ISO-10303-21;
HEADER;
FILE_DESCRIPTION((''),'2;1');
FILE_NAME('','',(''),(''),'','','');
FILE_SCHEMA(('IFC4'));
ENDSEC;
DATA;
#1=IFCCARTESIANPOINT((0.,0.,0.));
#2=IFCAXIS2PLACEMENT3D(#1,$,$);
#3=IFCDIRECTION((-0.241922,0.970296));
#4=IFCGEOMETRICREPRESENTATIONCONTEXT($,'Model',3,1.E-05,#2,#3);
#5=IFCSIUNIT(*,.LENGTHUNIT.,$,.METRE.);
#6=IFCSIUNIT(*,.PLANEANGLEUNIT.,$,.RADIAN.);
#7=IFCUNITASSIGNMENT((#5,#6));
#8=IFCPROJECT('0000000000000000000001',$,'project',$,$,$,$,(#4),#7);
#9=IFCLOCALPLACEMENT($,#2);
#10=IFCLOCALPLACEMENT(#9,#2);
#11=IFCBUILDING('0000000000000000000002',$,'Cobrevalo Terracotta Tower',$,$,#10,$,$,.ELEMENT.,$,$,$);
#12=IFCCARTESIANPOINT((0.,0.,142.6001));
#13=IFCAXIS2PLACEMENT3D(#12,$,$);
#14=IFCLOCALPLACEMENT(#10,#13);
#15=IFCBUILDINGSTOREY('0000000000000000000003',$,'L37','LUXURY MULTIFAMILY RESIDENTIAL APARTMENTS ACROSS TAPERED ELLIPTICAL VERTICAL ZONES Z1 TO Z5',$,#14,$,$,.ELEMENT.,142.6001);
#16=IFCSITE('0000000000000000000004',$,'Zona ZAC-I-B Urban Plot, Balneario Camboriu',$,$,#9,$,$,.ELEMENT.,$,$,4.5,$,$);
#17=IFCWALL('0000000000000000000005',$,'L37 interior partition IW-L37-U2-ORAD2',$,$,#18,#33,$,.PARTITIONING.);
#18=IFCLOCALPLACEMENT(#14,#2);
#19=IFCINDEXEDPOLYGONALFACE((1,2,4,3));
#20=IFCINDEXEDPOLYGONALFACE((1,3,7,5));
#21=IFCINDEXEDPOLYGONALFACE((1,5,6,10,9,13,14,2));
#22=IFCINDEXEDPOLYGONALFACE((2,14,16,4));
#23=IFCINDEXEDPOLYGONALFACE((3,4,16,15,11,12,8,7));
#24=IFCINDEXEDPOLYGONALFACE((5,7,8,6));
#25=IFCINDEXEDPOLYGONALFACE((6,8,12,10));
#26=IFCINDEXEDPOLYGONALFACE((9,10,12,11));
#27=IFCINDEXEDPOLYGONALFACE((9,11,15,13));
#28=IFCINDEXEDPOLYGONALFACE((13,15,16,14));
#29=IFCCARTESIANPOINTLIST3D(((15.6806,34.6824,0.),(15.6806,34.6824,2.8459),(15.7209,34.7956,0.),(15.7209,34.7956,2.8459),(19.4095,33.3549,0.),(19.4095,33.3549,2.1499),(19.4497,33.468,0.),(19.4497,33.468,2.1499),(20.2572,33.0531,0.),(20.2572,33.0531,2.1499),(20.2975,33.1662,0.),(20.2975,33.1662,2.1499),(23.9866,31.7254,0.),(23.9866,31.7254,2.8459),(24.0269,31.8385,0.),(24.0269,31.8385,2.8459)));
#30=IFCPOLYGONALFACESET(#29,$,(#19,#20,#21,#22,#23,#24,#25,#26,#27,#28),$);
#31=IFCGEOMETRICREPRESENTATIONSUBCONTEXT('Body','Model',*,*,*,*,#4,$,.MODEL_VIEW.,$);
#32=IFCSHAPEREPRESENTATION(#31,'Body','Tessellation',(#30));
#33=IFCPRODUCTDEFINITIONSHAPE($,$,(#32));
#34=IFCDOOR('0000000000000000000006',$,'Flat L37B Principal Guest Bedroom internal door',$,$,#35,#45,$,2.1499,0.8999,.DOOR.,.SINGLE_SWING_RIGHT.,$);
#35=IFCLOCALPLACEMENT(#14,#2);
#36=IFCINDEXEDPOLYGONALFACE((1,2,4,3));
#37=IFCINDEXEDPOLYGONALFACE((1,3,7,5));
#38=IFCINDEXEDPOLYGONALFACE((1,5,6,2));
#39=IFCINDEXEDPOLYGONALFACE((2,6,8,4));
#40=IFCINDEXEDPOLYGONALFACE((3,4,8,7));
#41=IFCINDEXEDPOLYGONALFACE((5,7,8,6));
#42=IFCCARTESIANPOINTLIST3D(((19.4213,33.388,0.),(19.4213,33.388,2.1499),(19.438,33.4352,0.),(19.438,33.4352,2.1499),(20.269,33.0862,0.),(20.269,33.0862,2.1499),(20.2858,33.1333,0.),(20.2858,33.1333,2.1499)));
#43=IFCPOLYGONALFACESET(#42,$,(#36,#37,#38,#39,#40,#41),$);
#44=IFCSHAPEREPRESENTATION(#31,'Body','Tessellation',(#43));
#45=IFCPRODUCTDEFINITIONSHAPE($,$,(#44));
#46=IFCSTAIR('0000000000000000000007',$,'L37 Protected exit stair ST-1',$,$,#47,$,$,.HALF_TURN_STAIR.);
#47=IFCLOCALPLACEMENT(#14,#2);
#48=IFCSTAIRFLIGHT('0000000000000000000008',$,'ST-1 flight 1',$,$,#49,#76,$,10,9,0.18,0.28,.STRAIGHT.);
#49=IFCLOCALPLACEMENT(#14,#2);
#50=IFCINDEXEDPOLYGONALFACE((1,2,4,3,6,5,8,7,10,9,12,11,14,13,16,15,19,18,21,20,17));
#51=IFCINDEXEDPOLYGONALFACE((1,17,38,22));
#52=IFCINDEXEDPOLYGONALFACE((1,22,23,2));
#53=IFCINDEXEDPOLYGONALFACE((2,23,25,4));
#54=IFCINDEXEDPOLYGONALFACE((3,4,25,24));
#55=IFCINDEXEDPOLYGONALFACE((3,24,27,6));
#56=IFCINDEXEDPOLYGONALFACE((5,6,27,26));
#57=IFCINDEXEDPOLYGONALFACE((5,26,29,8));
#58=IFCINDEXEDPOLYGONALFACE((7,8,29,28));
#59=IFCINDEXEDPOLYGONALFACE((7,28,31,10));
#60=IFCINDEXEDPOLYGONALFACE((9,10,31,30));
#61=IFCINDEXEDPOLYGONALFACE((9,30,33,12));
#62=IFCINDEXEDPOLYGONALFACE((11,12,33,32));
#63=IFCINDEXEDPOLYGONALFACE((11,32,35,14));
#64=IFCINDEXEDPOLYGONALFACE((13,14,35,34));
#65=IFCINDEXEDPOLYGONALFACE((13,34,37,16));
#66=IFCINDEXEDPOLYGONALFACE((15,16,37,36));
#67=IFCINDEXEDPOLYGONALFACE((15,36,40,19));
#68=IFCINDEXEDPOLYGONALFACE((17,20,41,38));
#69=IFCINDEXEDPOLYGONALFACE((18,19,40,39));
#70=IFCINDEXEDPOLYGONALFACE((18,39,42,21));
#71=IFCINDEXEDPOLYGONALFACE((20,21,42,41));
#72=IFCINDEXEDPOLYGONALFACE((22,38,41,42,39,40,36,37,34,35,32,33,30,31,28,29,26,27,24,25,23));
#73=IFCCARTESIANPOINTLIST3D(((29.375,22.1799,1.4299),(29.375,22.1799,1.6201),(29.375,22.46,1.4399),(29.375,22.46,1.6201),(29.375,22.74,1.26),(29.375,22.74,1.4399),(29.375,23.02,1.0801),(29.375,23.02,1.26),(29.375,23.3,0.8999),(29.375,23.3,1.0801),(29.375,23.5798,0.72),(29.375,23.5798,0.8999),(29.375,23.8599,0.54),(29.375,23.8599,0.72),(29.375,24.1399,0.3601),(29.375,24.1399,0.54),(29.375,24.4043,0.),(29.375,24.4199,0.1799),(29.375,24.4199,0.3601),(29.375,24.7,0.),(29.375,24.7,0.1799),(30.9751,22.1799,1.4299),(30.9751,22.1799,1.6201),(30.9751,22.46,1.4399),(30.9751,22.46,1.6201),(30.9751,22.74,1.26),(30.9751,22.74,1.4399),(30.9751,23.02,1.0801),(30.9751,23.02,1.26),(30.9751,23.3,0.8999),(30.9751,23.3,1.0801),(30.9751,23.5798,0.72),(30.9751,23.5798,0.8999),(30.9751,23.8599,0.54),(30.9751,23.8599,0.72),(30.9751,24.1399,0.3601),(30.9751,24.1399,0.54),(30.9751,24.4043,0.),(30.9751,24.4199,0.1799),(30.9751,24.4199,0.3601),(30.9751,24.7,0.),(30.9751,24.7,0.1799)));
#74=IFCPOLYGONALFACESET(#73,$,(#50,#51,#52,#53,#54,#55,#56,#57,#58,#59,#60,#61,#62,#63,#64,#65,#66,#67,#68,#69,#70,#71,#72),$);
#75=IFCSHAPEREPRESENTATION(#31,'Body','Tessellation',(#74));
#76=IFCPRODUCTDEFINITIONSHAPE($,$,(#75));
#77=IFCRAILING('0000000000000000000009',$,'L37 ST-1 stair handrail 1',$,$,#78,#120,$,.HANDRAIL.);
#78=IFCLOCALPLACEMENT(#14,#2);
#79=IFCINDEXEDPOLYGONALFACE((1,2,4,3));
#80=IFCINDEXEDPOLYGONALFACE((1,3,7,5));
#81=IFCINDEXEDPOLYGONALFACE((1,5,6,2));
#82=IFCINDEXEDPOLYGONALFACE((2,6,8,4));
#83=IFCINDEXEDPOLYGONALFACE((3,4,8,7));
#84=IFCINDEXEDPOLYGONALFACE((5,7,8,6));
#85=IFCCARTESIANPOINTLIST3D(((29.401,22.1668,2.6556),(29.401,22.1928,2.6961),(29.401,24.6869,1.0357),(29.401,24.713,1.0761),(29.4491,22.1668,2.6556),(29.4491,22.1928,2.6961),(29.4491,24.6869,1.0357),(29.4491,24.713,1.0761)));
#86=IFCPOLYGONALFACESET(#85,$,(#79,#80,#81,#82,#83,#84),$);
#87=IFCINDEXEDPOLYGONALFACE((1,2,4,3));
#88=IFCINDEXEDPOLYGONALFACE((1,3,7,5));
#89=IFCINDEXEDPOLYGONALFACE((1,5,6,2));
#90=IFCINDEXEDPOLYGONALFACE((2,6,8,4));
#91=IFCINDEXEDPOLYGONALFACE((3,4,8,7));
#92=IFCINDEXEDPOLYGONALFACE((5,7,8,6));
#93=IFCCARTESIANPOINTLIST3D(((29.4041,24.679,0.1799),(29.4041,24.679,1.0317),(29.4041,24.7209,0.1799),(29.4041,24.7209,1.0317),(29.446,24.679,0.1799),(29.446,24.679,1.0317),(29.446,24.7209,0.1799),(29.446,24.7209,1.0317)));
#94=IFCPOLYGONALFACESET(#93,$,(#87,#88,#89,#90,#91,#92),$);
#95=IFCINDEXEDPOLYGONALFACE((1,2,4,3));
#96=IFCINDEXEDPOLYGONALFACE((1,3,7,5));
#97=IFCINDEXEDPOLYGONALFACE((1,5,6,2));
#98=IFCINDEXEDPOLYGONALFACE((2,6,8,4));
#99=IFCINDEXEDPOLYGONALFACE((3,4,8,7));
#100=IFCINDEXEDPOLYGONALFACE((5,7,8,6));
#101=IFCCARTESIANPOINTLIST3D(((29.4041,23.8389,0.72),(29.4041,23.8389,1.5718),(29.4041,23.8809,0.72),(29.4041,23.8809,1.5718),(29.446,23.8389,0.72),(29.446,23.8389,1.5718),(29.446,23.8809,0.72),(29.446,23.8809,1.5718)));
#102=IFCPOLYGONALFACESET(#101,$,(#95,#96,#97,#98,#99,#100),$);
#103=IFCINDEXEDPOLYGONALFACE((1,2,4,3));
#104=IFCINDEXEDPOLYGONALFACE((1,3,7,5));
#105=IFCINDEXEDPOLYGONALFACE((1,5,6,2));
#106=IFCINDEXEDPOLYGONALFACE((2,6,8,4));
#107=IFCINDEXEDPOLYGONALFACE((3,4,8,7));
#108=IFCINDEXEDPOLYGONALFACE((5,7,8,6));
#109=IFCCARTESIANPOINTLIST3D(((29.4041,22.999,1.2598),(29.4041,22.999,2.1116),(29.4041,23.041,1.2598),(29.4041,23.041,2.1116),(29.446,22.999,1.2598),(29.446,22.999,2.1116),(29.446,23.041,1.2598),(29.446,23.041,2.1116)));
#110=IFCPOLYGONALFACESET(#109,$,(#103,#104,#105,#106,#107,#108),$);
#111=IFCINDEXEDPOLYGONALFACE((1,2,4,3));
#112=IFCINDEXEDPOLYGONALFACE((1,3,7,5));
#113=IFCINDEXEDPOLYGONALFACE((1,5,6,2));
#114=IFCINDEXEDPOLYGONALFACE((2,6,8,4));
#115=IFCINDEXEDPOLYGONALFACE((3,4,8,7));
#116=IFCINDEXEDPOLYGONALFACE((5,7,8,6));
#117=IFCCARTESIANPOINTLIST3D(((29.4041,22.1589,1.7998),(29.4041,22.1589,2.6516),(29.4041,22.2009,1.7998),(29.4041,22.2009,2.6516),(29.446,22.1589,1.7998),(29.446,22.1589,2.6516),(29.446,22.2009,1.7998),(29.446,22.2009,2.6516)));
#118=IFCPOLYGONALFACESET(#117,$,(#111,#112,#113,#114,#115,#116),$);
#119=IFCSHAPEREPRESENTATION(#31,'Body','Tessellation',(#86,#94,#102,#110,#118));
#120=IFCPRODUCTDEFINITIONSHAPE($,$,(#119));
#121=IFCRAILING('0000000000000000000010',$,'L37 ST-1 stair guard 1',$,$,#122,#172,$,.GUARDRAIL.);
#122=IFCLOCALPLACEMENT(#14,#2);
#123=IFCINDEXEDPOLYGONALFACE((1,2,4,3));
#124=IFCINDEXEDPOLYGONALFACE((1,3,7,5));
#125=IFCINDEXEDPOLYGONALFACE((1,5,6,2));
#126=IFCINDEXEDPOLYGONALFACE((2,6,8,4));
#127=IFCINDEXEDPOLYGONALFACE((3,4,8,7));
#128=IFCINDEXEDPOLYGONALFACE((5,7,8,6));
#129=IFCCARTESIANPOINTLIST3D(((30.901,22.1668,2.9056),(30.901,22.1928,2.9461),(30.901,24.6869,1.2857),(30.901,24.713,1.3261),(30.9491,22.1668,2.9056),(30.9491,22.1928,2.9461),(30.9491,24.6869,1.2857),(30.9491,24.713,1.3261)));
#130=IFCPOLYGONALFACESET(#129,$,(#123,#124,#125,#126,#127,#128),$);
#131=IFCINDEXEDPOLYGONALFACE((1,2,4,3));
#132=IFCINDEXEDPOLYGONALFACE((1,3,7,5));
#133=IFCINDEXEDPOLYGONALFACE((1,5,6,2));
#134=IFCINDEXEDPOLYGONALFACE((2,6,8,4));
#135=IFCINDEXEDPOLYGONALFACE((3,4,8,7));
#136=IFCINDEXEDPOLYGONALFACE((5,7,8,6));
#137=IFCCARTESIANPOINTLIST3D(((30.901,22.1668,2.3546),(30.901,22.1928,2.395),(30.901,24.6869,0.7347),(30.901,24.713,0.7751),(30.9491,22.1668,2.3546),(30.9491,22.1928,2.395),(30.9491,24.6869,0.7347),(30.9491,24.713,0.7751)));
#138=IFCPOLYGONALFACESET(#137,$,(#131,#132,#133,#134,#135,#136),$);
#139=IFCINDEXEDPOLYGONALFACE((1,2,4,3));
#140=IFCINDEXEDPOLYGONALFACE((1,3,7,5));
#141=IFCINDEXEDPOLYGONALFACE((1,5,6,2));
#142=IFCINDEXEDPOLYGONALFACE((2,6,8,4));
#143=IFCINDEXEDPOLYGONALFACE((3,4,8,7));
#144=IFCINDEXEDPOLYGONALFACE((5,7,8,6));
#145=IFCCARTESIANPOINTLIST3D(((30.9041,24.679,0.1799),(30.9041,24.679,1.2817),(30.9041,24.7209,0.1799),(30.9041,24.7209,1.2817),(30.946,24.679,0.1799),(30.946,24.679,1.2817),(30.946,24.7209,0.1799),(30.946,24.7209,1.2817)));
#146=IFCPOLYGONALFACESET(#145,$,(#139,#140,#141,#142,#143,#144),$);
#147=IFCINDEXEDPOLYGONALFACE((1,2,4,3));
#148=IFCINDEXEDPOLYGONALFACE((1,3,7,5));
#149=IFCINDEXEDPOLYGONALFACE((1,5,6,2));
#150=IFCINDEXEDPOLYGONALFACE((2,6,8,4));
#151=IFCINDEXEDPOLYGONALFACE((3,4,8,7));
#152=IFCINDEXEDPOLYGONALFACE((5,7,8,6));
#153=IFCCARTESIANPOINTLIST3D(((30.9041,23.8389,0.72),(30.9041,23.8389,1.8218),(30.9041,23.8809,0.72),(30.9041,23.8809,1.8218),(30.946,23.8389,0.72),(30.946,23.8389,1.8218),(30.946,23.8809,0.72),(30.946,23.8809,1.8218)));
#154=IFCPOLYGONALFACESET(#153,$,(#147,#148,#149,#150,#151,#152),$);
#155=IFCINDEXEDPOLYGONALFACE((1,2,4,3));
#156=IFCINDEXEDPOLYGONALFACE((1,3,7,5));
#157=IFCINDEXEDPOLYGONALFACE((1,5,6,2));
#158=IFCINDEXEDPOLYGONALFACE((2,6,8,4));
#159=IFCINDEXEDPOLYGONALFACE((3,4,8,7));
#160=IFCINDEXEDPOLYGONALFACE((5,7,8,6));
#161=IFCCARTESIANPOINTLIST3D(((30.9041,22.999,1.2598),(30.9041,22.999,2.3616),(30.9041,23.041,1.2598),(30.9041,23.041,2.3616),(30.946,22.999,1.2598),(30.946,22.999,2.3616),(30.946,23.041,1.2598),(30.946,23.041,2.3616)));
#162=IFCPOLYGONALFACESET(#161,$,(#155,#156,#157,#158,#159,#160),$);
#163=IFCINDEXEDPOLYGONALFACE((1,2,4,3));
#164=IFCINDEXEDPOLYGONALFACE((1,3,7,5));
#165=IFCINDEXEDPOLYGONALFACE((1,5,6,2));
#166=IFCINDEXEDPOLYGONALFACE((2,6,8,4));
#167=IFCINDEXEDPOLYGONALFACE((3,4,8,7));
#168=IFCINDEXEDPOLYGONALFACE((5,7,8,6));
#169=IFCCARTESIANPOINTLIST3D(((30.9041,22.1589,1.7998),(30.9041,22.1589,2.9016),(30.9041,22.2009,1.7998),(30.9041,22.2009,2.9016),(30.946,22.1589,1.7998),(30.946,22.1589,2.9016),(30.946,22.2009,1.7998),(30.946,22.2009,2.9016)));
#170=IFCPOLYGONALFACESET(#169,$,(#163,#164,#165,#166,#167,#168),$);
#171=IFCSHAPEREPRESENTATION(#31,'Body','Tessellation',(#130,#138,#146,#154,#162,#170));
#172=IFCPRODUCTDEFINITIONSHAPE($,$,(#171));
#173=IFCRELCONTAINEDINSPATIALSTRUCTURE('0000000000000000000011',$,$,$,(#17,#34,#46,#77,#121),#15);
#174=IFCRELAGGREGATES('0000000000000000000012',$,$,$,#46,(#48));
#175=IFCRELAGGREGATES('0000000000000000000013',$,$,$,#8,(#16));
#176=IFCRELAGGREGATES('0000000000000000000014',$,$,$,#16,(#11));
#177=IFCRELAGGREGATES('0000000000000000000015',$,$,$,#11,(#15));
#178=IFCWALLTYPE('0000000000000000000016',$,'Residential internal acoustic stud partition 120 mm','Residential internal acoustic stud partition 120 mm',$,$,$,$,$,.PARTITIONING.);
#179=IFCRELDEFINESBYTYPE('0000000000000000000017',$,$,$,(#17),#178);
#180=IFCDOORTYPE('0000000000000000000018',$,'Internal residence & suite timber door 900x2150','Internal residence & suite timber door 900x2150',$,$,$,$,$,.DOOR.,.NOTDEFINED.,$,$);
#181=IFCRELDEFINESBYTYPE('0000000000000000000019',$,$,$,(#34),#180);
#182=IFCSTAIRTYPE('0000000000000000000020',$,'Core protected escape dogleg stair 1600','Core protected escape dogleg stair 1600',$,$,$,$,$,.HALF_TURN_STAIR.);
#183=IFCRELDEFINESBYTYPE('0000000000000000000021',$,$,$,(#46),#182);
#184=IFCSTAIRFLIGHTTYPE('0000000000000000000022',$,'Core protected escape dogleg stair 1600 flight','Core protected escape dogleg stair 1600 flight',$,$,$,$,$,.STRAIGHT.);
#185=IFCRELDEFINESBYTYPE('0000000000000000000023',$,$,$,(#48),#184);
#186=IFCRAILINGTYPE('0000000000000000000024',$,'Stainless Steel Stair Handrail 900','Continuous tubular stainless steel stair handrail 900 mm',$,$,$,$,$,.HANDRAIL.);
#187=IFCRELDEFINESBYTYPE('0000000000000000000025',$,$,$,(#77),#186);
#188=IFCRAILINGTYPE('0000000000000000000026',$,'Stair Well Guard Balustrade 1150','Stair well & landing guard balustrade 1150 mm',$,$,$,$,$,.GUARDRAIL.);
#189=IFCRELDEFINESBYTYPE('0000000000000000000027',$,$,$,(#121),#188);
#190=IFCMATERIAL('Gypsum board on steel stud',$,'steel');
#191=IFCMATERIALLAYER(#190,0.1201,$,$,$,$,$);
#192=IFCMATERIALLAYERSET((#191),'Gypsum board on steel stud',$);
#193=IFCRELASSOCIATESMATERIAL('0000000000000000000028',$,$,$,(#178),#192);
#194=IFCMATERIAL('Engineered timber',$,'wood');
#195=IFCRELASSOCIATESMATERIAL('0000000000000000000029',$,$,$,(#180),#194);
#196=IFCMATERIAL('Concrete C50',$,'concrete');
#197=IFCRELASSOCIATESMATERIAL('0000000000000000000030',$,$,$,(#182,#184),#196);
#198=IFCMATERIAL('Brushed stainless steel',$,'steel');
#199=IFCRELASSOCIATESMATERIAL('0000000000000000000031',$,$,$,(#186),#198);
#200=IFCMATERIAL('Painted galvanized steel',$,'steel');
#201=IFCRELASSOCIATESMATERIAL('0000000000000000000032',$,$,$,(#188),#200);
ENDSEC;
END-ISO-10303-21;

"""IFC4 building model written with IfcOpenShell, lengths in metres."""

from ifc_helpers import new_model, si_unit, direction, frame, frame_2d, origin, origin_2d, place, context, subcontext, project, spatial, polyline, rectangle, outline, extrude, source, transform, mapped, material, layer, layer_set, type_object, element, fill, aggregate, save


model = new_model("IFC4")

# Units and contexts
model_context = context("Model", 3, precision=1e-05, world=origin(), true_north=direction((-0.241922, 0.970296)))
body_context = subcontext(model_context, "Body", "Model", "MODEL_VIEW")
ifc_project = project(units=[si_unit("LENGTHUNIT", "METRE"), si_unit("PLANEANGLEUNIT", "RADIAN")], contexts=[model_context])

# Site, building, storey
site_placement = place(None, origin())
site = spatial("IfcSite", under=ifc_project, at=site_placement, Name="Zona ZAC-I-B Urban Plot, Balneario Camboriu", CompositionType="ELEMENT", RefElevation=4.5)
building_placement = place(site_placement, origin())
building = spatial("IfcBuilding", under=site, at=building_placement, Name="Cobrevalo Terracotta Tower", CompositionType="ELEMENT")
storey_placement = place(building_placement, frame((0.0, 0.0, 142.6001)))
storey = spatial("IfcBuildingStorey", under=building, at=storey_placement, Name="L37", Description="LUXURY MULTIFAMILY RESIDENTIAL APARTMENTS ACROSS TAPERED ELLIPTICAL VERTICAL ZONES Z1 TO Z5", CompositionType="ELEMENT", Elevation=142.6001)

# Shared definitions
ifc_material_1 = material(Name="Gypsum board on steel stud", Category="steel")

# Shared definitions
ifc_material_2 = material(Name="Brushed stainless steel", Category="steel")

# Shared definitions
ifc_layer_1 = layer(ifc_material_1, 0.1201)
ifc_layer_set_1 = layer_set([ifc_layer_1], Name="Gypsum board on steel stud")
wall_type_1 = type_object("IfcWallType", Name="Residential internal acoustic stud partition 120 mm", Description="Residential internal acoustic stud partition 120 mm", PredefinedType="PARTITIONING", material=ifc_layer_set_1)

# Wall, opening, door
wall_1_placement = place(storey_placement, frame((24.0066, 31.782, 0.0), z_axis=(0.0, 0.0, 1.0), x_axis=(-0.942078, 0.335394, 0.0)))
wall_1 = element("IfcWall", 1, at=wall_1_placement, inside=storey, type_object=wall_type_1, Name="L37 interior partition IW-L37-U2-ORAD2", PredefinedType="PARTITIONING", context=body_context, shape_type="SweptSolid", body=[
    extrude(rectangle(XDim=8.8167, YDim=0.1201, at=frame_2d((4.4082, 0.0))), origin(), (0.0, 0.0, 1.0), 2.8459),
])
opening_1_placement = place(wall_1_placement, frame((3.9585, 0.0, 0.0)))
opening_1 = element("IfcOpeningElement", 2, at=opening_1_placement, cuts=wall_1, PredefinedType="OPENING", context=body_context, shape_type="SweptSolid", body=[
    extrude(rectangle(XDim=0.8999, YDim=2.1499, at=frame_2d((0.45, 1.075))), frame((0.0, 0.0701, 0.0), z_axis=(0.0, -1.0, 0.0), x_axis=(1.0, 0.0, 0.0)), (0.0, 0.0, 1.0), 0.1401),
])
ifc_material_3 = material(Name="Engineered timber", Category="wood")
door_type_1 = type_object("IfcDoorType", Name="Internal residence & suite timber door 900x2150", Description="Internal residence & suite timber door 900x2150", OperationType="NOTDEFINED", PredefinedType="DOOR", material=ifc_material_3)
shared_shape_1 = source(origin(), body_context, "Body", "SweptSolid", [
    extrude(rectangle(XDim=0.8999, YDim=2.1499, at=frame_2d((0.45, 1.075))), frame((0.0, 0.0249, 0.0), z_axis=(0.0, -1.0, 0.0), x_axis=(1.0, 0.0, 0.0)), (0.0, 0.0, 1.0), 0.05),
])
door_1_placement = place(opening_1_placement, origin())
door_1 = element("IfcDoor", 3, at=door_1_placement, inside=storey, type_object=door_type_1, Name="Flat L37B Principal Guest Bedroom internal door", OperationType="SINGLE_SWING_RIGHT", OverallHeight=2.1499, OverallWidth=0.8999, PredefinedType="DOOR", context=body_context, shape_type="MappedRepresentation", body=[
    mapped(shared_shape_1, transform((0.0, 0.0, 0.0), scale=1.0)),
])
fill(opening_1, door_1)
ifc_material_4 = material(Name="Concrete C50", Category="concrete")

# Stair, stair flight
stair_type = type_object("IfcStairType", Name="Core protected escape dogleg stair 1600", Description="Core protected escape dogleg stair 1600", PredefinedType="HALF_TURN_STAIR", material=ifc_material_4)
stair_placement = place(storey_placement, origin())
stair = element("IfcStair", 4, at=stair_placement, inside=storey, type_object=stair_type, Name="L37 Protected exit stair ST-1", PredefinedType="HALF_TURN_STAIR")
stair_flight_type = type_object("IfcStairFlightType", Name="Core protected escape dogleg stair 1600 flight", Description="Core protected escape dogleg stair 1600 flight", PredefinedType="STRAIGHT", material=ifc_material_4)
stair_flight_placement = place(storey_placement, frame((30.175, 24.7, 0.0), z_axis=(0.0, 0.0, 1.0), x_axis=(0.0, -1.0, 0.0)))
stair_flight = element("IfcStairFlight", 5, at=stair_flight_placement, type_object=stair_flight_type, Name="ST-1 flight 1", NumberOfRisers=10, NumberOfTreads=9, PredefinedType="STRAIGHT", RiserHeight=0.18, TreadLength=0.28, context=body_context, shape_type="SweptSolid", body=[
    extrude(outline(polyline([(0.0, 0.0), (0.0, 0.1799), (0.28, 0.1799), (0.28, 0.3601), (0.5601, 0.3601), (0.5601, 0.54), (0.8401, 0.54), (0.8401, 0.72), (1.1201, 0.72), (1.1201, 0.8999), (1.3999, 0.8999), (1.3999, 1.0801), (1.6799, 1.0801), (1.6799, 1.26), (1.96, 1.26), (1.96, 1.4399), (2.24, 1.4399), (2.24, 1.6201), (2.52, 1.6201), (2.52, 1.8), (2.52, 1.4299), (0.2957, 0.0), (0.0, 0.0)])), frame((0.0, 0.8, 0.0), z_axis=(0.0, -1.0, 0.0), x_axis=(1.0, 0.0, 0.0)), (0.0, 0.0, 1.0), 1.6001),
])
aggregate(stair, [stair_flight])

# Railings
railing_type_1 = type_object("IfcRailingType", Name="Stainless Steel Stair Handrail 900", Description="Continuous tubular stainless steel stair handrail 900 mm", PredefinedType="HANDRAIL", material=ifc_material_2)
railing_1_placement = place(storey_placement, frame((29.425, 24.7, 0.1799)))
element("IfcRailing", 6, at=railing_1_placement, inside=storey, type_object=railing_type_1, Name="L37 ST-1 stair handrail 1", PredefinedType="HANDRAIL", context=body_context, shape_type="SweptSolid", body=[
    extrude(rectangle(XDim=0.0481, YDim=0.0481, at=origin_2d()), frame((0.0, 0.0, 0.876), z_axis=(0.0, -0.8412, 0.540725), x_axis=(1.0, 0.0, 0.0)), (0.0, 0.0, 1.0), 2.9958),
    extrude(rectangle(XDim=0.042, YDim=0.042, at=origin_2d()), origin(), (0.0, 0.0, 1.0), 0.8518),
    extrude(rectangle(XDim=0.042, YDim=0.042, at=origin_2d()), frame((0.0, -0.8401, 0.54)), (0.0, 0.0, 1.0), 0.8518),
    extrude(rectangle(XDim=0.042, YDim=0.042, at=origin_2d()), frame((0.0, -1.6799, 1.0798)), (0.0, 0.0, 1.0), 0.8518),
    extrude(rectangle(XDim=0.042, YDim=0.042, at=origin_2d()), frame((0.0, -2.52, 1.6199)), (0.0, 0.0, 1.0), 0.8518),
])
ifc_material_5 = material(Name="Painted galvanized steel", Category="steel")
railing_type_2 = type_object("IfcRailingType", Name="Stair Well Guard Balustrade 1150", Description="Stair well & landing guard balustrade 1150 mm", PredefinedType="GUARDRAIL", material=ifc_material_5)
railing_2_placement = place(storey_placement, frame((30.925, 24.7, 0.1799)))
element("IfcRailing", 7, at=railing_2_placement, inside=storey, type_object=railing_type_2, Name="L37 ST-1 stair guard 1", PredefinedType="GUARDRAIL", context=body_context, shape_type="SweptSolid", body=[
    extrude(rectangle(XDim=0.0481, YDim=0.0481, at=origin_2d()), frame((0.0, 0.0, 1.126), z_axis=(0.0, -0.8412, 0.540725), x_axis=(1.0, 0.0, 0.0)), (0.0, 0.0, 1.0), 2.9958),
    extrude(rectangle(XDim=0.0481, YDim=0.0481, at=origin_2d()), frame((0.0, 0.0, 0.575), z_axis=(0.0, -0.8412, 0.540725), x_axis=(1.0, 0.0, 0.0)), (0.0, 0.0, 1.0), 2.9958),
    extrude(rectangle(XDim=0.042, YDim=0.042, at=origin_2d()), origin(), (0.0, 0.0, 1.0), 1.1018),
    extrude(rectangle(XDim=0.042, YDim=0.042, at=origin_2d()), frame((0.0, -0.8401, 0.54)), (0.0, 0.0, 1.0), 1.1018),
    extrude(rectangle(XDim=0.042, YDim=0.042, at=origin_2d()), frame((0.0, -1.6799, 1.0798)), (0.0, 0.0, 1.0), 1.1018),
    extrude(rectangle(XDim=0.042, YDim=0.042, at=origin_2d()), frame((0.0, -2.52, 1.6199)), (0.0, 0.0, 1.0), 1.1018),
])

save(model, "model.ifc")
